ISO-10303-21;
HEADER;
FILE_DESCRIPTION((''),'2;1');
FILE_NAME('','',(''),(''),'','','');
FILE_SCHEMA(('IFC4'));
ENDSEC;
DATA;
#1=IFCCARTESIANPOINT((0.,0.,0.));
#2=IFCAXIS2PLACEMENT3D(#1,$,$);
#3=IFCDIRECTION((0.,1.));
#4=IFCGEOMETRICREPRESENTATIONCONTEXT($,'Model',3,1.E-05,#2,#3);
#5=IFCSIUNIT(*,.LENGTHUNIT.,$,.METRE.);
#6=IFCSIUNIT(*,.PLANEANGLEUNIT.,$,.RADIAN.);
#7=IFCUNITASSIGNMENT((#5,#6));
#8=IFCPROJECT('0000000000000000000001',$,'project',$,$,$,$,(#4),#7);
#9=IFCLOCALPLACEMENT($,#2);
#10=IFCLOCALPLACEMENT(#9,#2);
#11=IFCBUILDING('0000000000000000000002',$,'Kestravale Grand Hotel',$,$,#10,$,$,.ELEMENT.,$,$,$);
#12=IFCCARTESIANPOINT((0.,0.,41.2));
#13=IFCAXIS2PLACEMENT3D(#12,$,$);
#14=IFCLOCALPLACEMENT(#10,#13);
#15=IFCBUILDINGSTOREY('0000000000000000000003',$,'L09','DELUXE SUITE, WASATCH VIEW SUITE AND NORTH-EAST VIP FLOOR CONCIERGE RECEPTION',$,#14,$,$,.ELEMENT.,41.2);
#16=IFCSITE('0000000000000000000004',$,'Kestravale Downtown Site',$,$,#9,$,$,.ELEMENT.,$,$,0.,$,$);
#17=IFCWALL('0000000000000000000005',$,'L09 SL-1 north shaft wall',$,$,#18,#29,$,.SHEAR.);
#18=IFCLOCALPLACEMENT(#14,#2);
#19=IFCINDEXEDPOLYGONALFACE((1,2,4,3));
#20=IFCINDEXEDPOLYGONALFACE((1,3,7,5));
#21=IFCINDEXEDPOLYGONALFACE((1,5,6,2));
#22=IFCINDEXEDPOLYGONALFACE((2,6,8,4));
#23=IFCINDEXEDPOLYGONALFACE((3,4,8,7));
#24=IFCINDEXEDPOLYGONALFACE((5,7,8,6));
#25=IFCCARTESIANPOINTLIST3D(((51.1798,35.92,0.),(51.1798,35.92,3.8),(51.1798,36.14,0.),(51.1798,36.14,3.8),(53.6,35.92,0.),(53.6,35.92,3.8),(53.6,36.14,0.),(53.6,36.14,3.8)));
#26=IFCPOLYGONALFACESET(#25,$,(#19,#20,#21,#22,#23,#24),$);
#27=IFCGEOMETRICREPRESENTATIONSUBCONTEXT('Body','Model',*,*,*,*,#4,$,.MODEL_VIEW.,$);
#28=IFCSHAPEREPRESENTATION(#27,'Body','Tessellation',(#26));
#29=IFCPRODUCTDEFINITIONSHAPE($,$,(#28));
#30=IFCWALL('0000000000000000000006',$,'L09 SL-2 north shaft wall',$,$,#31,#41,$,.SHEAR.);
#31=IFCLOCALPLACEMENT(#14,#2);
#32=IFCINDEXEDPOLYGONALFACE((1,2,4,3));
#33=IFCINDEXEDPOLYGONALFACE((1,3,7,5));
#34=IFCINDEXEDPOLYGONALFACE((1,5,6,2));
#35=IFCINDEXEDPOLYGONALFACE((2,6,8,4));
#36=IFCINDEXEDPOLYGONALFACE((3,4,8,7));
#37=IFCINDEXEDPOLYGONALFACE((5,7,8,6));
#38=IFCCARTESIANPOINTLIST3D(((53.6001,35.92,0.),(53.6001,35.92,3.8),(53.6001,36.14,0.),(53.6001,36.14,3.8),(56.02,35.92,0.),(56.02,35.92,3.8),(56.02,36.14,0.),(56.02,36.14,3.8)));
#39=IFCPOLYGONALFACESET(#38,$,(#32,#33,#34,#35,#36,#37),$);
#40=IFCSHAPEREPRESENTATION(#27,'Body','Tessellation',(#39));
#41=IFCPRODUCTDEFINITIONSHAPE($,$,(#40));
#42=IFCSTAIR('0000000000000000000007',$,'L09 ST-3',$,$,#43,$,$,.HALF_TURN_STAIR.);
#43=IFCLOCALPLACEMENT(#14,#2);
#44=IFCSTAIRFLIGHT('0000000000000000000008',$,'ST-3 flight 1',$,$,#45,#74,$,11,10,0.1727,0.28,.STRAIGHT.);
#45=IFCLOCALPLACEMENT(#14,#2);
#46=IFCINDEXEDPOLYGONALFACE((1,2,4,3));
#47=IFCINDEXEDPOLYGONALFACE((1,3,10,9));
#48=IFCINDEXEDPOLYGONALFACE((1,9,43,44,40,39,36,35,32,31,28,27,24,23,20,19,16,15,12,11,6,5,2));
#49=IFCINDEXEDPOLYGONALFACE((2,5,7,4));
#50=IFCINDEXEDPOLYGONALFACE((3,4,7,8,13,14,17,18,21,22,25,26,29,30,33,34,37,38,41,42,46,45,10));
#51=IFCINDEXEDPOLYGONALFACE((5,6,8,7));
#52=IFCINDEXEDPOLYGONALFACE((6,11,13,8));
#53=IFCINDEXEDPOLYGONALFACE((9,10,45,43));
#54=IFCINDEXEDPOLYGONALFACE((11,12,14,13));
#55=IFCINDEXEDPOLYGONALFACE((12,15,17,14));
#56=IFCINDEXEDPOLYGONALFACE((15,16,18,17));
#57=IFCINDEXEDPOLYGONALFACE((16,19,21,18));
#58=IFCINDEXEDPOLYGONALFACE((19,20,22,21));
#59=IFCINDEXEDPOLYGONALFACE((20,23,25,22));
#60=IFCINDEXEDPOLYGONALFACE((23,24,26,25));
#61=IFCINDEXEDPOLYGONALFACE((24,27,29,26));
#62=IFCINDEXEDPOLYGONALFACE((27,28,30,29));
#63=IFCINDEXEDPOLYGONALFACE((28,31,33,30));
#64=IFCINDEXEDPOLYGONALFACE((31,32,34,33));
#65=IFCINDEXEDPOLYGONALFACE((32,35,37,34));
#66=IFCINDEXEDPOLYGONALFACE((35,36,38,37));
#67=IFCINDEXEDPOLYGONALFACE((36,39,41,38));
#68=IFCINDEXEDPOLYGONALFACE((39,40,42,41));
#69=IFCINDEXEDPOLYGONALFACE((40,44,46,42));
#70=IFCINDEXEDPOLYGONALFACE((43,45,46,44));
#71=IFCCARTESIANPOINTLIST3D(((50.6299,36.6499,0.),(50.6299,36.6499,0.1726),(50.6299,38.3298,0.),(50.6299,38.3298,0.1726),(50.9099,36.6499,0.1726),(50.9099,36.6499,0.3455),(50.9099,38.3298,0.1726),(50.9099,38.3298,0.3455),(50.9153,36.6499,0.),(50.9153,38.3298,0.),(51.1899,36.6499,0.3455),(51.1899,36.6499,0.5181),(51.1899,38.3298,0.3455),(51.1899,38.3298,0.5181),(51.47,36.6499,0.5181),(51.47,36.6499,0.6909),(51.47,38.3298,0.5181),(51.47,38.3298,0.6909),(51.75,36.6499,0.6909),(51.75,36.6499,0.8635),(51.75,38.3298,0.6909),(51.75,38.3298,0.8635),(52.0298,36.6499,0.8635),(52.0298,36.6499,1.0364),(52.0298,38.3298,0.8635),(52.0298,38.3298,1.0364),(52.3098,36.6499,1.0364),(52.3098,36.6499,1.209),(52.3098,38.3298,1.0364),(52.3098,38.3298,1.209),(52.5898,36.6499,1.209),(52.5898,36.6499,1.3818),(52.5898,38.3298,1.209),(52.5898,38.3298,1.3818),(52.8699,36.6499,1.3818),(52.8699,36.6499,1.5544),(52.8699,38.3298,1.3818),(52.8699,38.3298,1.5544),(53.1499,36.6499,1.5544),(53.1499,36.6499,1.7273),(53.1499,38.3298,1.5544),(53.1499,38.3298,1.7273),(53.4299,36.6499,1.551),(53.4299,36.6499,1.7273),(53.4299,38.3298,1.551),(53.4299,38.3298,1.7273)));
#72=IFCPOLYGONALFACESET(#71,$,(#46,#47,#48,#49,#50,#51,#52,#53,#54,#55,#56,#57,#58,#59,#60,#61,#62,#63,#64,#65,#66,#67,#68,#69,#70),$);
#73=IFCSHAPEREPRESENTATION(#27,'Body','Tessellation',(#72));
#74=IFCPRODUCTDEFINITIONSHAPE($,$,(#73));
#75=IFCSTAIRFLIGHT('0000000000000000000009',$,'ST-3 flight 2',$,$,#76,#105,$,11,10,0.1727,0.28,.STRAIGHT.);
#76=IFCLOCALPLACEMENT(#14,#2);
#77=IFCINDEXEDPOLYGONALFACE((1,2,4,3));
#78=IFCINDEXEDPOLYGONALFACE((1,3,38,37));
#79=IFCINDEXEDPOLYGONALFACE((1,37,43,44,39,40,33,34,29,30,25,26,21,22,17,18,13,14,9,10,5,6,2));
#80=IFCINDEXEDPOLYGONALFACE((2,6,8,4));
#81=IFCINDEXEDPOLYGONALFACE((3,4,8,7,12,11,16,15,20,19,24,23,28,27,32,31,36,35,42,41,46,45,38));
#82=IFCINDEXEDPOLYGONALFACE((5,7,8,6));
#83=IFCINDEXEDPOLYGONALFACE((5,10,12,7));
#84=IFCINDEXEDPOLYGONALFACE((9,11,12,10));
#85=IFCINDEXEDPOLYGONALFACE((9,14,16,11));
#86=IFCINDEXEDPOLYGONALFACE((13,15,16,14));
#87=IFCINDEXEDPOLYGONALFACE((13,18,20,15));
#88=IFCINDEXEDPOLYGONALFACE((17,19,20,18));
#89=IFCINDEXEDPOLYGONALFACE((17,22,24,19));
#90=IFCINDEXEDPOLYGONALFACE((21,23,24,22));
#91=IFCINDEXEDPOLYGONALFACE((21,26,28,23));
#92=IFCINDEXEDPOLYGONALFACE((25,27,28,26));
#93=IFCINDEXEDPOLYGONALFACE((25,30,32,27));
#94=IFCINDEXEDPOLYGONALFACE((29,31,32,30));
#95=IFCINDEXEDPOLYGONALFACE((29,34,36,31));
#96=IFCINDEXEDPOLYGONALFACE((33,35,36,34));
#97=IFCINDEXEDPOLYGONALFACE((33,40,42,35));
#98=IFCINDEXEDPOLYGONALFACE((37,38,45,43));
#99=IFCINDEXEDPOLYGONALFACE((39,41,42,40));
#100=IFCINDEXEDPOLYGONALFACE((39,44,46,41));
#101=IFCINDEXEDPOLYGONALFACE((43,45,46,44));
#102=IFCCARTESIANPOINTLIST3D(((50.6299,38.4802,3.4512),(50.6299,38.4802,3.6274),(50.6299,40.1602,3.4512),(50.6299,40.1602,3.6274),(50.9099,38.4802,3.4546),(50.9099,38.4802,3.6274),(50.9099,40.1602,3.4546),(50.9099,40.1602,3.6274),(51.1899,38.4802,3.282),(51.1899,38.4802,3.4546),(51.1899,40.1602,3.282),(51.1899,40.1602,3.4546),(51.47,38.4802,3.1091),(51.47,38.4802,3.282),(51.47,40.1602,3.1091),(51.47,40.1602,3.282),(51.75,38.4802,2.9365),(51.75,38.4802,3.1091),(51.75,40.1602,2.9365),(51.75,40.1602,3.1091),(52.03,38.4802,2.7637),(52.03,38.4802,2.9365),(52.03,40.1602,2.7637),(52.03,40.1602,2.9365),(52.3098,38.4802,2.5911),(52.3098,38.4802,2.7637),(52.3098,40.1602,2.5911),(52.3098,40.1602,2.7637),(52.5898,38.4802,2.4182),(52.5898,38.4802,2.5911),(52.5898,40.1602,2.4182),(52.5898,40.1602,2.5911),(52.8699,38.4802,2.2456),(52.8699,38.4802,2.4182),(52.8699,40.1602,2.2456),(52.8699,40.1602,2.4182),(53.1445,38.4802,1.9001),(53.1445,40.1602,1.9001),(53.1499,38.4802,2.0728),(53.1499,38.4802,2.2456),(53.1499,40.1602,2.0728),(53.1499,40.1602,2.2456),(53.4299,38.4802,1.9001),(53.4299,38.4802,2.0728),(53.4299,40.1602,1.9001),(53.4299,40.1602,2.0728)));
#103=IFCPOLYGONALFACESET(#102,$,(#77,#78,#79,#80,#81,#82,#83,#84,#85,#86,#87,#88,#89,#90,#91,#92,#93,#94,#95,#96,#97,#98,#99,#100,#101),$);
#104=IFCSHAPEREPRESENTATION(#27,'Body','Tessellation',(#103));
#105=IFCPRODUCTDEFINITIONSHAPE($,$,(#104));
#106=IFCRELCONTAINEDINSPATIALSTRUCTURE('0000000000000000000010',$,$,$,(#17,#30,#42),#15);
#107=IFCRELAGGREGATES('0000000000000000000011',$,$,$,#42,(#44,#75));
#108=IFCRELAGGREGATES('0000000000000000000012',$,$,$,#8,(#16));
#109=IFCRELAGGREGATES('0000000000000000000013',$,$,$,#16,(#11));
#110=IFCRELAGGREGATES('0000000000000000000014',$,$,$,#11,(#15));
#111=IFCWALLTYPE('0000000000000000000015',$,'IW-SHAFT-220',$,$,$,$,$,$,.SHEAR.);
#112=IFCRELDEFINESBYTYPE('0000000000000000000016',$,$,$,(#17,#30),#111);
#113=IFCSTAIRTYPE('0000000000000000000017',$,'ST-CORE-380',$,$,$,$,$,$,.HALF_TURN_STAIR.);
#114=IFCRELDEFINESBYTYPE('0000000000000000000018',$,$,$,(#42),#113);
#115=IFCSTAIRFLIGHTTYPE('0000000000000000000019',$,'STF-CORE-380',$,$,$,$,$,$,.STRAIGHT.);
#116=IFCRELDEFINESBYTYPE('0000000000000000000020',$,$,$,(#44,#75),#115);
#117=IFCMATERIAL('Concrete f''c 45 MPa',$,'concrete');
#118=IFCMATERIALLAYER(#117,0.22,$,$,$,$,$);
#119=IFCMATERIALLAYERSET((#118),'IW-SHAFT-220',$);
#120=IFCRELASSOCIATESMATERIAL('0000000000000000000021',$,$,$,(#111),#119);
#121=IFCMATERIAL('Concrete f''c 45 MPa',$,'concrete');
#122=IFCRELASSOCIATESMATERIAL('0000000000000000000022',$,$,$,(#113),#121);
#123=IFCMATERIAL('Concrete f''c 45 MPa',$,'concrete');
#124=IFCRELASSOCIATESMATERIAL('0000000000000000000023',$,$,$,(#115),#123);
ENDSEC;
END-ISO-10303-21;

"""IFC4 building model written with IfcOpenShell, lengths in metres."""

from ifc_helpers import new_model, si_unit, direction, frame, frame_2d, origin, place, context, subcontext, project, spatial, polyline, rectangle, outline, extrude, material, layer, layer_set, type_object, element, aggregate, save


model = new_model("IFC4")

# Units and contexts
model_context = context("Model", 3, precision=1e-05, world=origin(), true_north=direction((0.0, 1.0)))
body_context = subcontext(model_context, "Body", "Model", "MODEL_VIEW")
ifc_project = project(units=[si_unit("LENGTHUNIT", "METRE"), si_unit("PLANEANGLEUNIT", "RADIAN")], contexts=[model_context])

# Site, building, storey
site_placement = place(None, origin())
site = spatial("IfcSite", under=ifc_project, at=site_placement, Name="Kestravale Downtown Site", CompositionType="ELEMENT", RefElevation=0.0)
building_placement = place(site_placement, origin())
building = spatial("IfcBuilding", under=site, at=building_placement, Name="Kestravale Grand Hotel", CompositionType="ELEMENT")
storey_placement = place(building_placement, frame((0.0, 0.0, 41.2)))
storey = spatial("IfcBuildingStorey", under=building, at=storey_placement, Name="L09", Description="DELUXE SUITE, WASATCH VIEW SUITE AND NORTH-EAST VIP FLOOR CONCIERGE RECEPTION", CompositionType="ELEMENT", Elevation=41.2)

# Wall
ifc_material_1 = material(Name="Concrete f'c 45 MPa", Category="concrete")
ifc_layer_1 = layer(ifc_material_1, 0.22)
ifc_layer_set_1 = layer_set([ifc_layer_1], Name="IW-SHAFT-220")
wall_type_1 = type_object("IfcWallType", Name="IW-SHAFT-220", PredefinedType="SHEAR", material=ifc_layer_set_1)
wall_1_placement = place(storey_placement, frame((51.1799, 36.03, 0.0), z_axis=(0.0, 0.0, 1.0), x_axis=(1.0, 0.0, 0.0)))
element("IfcWall", 1, at=wall_1_placement, inside=storey, type_object=wall_type_1, Name="L09 SL-1 north shaft wall", PredefinedType="SHEAR", context=body_context, shape_type="SweptSolid", body=[
    extrude(rectangle(XDim=2.4202, YDim=0.22, at=frame_2d((1.21, 0.0))), origin(), (0.0, 0.0, 1.0), 3.8),
])

# Wall
wall_2_placement = place(storey_placement, frame((53.6001, 36.03, 0.0), z_axis=(0.0, 0.0, 1.0), x_axis=(1.0, 0.0, 0.0)))
element("IfcWall", 2, at=wall_2_placement, inside=storey, type_object=wall_type_1, Name="L09 SL-2 north shaft wall", PredefinedType="SHEAR", context=body_context, shape_type="SweptSolid", body=[
    extrude(rectangle(XDim=2.4199, YDim=0.22, at=frame_2d((1.21, 0.0))), origin(), (0.0, 0.0, 1.0), 3.8),
])

# Stair, stair flights
ifc_material_2 = material(Name="Concrete f'c 45 MPa", Category="concrete")
stair_type = type_object("IfcStairType", Name="ST-CORE-380", PredefinedType="HALF_TURN_STAIR", material=ifc_material_2)
stair_placement = place(storey_placement, origin())
stair = element("IfcStair", 3, at=stair_placement, inside=storey, type_object=stair_type, Name="L09 ST-3", PredefinedType="HALF_TURN_STAIR")
ifc_material_3 = material(Name="Concrete f'c 45 MPa", Category="concrete")
stair_flight_type = type_object("IfcStairFlightType", Name="STF-CORE-380", PredefinedType="STRAIGHT", material=ifc_material_3)
stair_flight_1_placement = place(storey_placement, frame((50.6299, 37.49, 0.0), z_axis=(0.0, 0.0, 1.0), x_axis=(1.0, 0.0, 0.0)))
stair_flight_1 = element("IfcStairFlight", 4, at=stair_flight_1_placement, type_object=stair_flight_type, Name="ST-3 flight 1", NumberOfRisers=11, NumberOfTreads=10, PredefinedType="STRAIGHT", RiserHeight=0.1727, TreadLength=0.28, context=body_context, shape_type="SweptSolid", body=[
    extrude(outline(polyline([(0.0, 0.0), (0.0, 0.1726), (0.28, 0.1726), (0.28, 0.3455), (0.5601, 0.3455), (0.5601, 0.5181), (0.8401, 0.5181), (0.8401, 0.6909), (1.1201, 0.6909), (1.1201, 0.8635), (1.3999, 0.8635), (1.3999, 1.0364), (1.6799, 1.0364), (1.6799, 1.209), (1.96, 1.209), (1.96, 1.3818), (2.24, 1.3818), (2.24, 1.5544), (2.52, 1.5544), (2.52, 1.7273), (2.8, 1.7273), (2.8, 1.8999), (2.8, 1.551), (0.2854, 0.0), (0.0, 0.0)])), frame((0.0, 0.8398, 0.0), z_axis=(0.0, -1.0, 0.0), x_axis=(1.0, 0.0, 0.0)), (0.0, 0.0, 1.0), 1.6799),
])
stair_flight_2_placement = place(storey_placement, frame((53.4299, 39.3201, 1.9001), z_axis=(0.0, 0.0, 1.0), x_axis=(-1.0, 0.0, 0.0)))
stair_flight_2 = element("IfcStairFlight", 5, at=stair_flight_2_placement, type_object=stair_flight_type, Name="ST-3 flight 2", NumberOfRisers=11, NumberOfTreads=10, PredefinedType="STRAIGHT", RiserHeight=0.1727, TreadLength=0.28, context=body_context, shape_type="SweptSolid", body=[
    extrude(outline(polyline([(0.0, 0.0), (0.0, 0.1726), (0.28, 0.1726), (0.28, 0.3455), (0.5601, 0.3455), (0.5601, 0.5181), (0.8401, 0.5181), (0.8401, 0.6909), (1.1201, 0.6909), (1.1201, 0.8635), (1.3999, 0.8635), (1.3999, 1.0364), (1.6799, 1.0364), (1.6799, 1.209), (1.96, 1.209), (1.96, 1.3818), (2.24, 1.3818), (2.24, 1.5544), (2.52, 1.5544), (2.52, 1.7273), (2.8, 1.7273), (2.8, 1.8999), (2.8, 1.551), (0.2854, 0.0), (0.0, 0.0)])), frame((0.0, 0.8398, 0.0), z_axis=(0.0, -1.0, 0.0), x_axis=(1.0, 0.0, 0.0)), (0.0, 0.0, 1.0), 1.6799),
])
aggregate(stair, [stair_flight_1, stair_flight_2])

save(model, "model.ifc")
